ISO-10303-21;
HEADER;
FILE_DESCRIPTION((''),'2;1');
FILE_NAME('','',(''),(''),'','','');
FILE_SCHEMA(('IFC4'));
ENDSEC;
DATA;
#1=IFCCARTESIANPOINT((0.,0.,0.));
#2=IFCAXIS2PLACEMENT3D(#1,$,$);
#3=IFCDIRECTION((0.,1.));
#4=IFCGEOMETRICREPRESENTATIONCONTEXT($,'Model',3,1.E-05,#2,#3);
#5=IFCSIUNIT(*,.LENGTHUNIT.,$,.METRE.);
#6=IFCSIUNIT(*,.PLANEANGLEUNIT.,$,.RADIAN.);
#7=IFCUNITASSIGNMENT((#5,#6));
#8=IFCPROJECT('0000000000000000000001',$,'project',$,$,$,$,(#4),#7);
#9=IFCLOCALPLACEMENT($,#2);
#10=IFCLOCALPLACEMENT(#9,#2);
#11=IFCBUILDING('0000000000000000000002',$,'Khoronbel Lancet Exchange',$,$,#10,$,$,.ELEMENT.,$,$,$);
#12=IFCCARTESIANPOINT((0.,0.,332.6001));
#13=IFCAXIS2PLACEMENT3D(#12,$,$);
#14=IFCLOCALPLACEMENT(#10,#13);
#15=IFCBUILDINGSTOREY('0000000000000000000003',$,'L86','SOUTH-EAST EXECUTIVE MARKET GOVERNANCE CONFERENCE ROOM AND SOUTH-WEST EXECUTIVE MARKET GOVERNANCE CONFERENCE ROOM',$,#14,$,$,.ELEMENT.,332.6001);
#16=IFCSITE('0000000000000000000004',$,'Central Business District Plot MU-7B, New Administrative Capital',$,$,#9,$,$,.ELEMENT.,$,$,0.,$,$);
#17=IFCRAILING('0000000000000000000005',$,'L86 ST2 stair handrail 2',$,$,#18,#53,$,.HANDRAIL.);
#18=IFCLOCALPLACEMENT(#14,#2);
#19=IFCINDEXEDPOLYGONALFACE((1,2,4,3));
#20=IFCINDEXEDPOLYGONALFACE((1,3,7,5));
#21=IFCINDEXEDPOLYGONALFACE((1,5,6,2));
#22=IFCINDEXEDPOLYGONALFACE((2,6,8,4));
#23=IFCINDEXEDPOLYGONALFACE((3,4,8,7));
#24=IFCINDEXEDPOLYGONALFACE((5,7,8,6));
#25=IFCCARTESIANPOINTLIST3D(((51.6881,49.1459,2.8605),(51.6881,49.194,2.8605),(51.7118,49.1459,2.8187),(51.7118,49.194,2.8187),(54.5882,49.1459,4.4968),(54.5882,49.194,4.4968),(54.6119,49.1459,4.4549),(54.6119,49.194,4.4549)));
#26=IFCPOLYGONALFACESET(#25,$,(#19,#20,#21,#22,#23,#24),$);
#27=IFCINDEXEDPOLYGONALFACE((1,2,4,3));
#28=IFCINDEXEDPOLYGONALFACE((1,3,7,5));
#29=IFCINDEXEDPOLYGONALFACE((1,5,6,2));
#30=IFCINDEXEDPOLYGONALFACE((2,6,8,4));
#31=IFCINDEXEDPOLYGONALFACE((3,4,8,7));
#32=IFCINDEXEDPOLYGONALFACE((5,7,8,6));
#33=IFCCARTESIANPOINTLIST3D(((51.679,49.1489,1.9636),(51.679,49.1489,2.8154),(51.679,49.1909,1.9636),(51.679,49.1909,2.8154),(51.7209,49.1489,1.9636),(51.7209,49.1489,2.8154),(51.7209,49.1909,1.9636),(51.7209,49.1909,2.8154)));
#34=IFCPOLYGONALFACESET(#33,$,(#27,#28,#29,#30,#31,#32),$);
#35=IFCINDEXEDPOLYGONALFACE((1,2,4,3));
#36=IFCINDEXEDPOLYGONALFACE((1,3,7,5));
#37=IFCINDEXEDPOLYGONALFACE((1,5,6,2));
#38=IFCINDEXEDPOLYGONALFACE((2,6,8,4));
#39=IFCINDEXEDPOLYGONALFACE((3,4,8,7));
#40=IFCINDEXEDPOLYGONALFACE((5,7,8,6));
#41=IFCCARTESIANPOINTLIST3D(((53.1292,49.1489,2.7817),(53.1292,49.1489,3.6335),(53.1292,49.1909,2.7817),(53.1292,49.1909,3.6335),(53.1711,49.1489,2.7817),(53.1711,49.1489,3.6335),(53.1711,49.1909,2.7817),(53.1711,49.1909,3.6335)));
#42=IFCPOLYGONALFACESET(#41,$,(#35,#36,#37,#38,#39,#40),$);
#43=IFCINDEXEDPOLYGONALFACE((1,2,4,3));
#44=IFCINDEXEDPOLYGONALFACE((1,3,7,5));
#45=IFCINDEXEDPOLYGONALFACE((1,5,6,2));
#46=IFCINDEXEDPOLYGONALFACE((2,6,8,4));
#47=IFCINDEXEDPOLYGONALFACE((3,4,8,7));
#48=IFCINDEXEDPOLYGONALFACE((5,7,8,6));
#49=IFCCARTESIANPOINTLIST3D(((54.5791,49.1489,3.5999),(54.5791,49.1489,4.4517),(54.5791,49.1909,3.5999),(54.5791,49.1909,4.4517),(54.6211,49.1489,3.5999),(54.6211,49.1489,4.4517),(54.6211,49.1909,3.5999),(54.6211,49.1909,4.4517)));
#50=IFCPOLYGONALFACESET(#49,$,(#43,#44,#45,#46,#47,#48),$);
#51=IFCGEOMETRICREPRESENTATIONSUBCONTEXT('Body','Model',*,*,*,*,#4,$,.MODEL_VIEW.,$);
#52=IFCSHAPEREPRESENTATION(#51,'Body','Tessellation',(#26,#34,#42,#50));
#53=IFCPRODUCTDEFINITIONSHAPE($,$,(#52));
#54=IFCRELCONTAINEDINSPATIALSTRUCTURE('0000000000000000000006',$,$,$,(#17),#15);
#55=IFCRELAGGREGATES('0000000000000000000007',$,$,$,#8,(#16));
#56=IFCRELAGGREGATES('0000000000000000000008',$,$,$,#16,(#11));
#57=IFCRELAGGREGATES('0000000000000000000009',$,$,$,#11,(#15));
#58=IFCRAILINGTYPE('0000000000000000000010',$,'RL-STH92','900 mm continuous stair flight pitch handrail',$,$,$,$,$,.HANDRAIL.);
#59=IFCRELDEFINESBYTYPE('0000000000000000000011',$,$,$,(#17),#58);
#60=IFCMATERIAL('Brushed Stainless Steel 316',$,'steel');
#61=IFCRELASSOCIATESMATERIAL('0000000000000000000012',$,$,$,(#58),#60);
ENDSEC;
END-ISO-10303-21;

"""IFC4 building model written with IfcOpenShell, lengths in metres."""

from ifc_helpers import new_model, si_unit, direction, frame, origin, origin_2d, place, context, subcontext, project, spatial, rectangle, extrude, material, type_object, element, save


model = new_model("IFC4")

# Units and contexts
model_context = context("Model", 3, precision=1e-05, world=origin(), true_north=direction((0.0, 1.0)))
body_context = subcontext(model_context, "Body", "Model", "MODEL_VIEW")
ifc_project = project(units=[si_unit("LENGTHUNIT", "METRE"), si_unit("PLANEANGLEUNIT", "RADIAN")], contexts=[model_context])

# Site, building, storey
site_placement = place(None, origin())
site = spatial("IfcSite", under=ifc_project, at=site_placement, Name="Central Business District Plot MU-7B, New Administrative Capital", CompositionType="ELEMENT", RefElevation=0.0)
building_placement = place(site_placement, origin())
building = spatial("IfcBuilding", under=site, at=building_placement, Name="Khoronbel Lancet Exchange", CompositionType="ELEMENT")
storey_placement = place(building_placement, frame((0.0, 0.0, 332.6001)))
storey = spatial("IfcBuildingStorey", under=building, at=storey_placement, Name="L86", Description="SOUTH-EAST EXECUTIVE MARKET GOVERNANCE CONFERENCE ROOM AND SOUTH-WEST EXECUTIVE MARKET GOVERNANCE CONFERENCE ROOM", CompositionType="ELEMENT", Elevation=332.6001)

# Railing
ifc_material_1 = material(Name="Brushed Stainless Steel 316", Category="steel")
railing_type_1 = type_object("IfcRailingType", Name="RL-STH92", Description="900 mm continuous stair flight pitch handrail", PredefinedType="HANDRAIL", material=ifc_material_1)
railing_1_placement = place(storey_placement, frame((51.7, 49.1699, 1.9636)))
element("IfcRailing", 1, at=railing_1_placement, inside=storey, type_object=railing_type_1, Name="L86 ST2 stair handrail 2", PredefinedType="HANDRAIL", context=body_context, shape_type="SweptSolid", body=[
    extrude(rectangle(XDim=0.0481, YDim=0.0481, at=origin_2d()), frame((0.0, 0.0, 0.876), z_axis=(0.870946, 0.0, 0.491378), x_axis=(0.0, 1.0, 0.0)), (0.0, 0.0, 1.0), 3.3298),
    extrude(rectangle(XDim=0.042, YDim=0.042, at=origin_2d()), origin(), (0.0, 0.0, 1.0), 0.8518),
    extrude(rectangle(XDim=0.042, YDim=0.042, at=origin_2d()), frame((1.4502, 0.0, 0.8181)), (0.0, 0.0, 1.0), 0.8518),
    extrude(rectangle(XDim=0.042, YDim=0.042, at=origin_2d()), frame((2.9001, 0.0, 1.6362)), (0.0, 0.0, 1.0), 0.8518),
])

save(model, "model.ifc")
